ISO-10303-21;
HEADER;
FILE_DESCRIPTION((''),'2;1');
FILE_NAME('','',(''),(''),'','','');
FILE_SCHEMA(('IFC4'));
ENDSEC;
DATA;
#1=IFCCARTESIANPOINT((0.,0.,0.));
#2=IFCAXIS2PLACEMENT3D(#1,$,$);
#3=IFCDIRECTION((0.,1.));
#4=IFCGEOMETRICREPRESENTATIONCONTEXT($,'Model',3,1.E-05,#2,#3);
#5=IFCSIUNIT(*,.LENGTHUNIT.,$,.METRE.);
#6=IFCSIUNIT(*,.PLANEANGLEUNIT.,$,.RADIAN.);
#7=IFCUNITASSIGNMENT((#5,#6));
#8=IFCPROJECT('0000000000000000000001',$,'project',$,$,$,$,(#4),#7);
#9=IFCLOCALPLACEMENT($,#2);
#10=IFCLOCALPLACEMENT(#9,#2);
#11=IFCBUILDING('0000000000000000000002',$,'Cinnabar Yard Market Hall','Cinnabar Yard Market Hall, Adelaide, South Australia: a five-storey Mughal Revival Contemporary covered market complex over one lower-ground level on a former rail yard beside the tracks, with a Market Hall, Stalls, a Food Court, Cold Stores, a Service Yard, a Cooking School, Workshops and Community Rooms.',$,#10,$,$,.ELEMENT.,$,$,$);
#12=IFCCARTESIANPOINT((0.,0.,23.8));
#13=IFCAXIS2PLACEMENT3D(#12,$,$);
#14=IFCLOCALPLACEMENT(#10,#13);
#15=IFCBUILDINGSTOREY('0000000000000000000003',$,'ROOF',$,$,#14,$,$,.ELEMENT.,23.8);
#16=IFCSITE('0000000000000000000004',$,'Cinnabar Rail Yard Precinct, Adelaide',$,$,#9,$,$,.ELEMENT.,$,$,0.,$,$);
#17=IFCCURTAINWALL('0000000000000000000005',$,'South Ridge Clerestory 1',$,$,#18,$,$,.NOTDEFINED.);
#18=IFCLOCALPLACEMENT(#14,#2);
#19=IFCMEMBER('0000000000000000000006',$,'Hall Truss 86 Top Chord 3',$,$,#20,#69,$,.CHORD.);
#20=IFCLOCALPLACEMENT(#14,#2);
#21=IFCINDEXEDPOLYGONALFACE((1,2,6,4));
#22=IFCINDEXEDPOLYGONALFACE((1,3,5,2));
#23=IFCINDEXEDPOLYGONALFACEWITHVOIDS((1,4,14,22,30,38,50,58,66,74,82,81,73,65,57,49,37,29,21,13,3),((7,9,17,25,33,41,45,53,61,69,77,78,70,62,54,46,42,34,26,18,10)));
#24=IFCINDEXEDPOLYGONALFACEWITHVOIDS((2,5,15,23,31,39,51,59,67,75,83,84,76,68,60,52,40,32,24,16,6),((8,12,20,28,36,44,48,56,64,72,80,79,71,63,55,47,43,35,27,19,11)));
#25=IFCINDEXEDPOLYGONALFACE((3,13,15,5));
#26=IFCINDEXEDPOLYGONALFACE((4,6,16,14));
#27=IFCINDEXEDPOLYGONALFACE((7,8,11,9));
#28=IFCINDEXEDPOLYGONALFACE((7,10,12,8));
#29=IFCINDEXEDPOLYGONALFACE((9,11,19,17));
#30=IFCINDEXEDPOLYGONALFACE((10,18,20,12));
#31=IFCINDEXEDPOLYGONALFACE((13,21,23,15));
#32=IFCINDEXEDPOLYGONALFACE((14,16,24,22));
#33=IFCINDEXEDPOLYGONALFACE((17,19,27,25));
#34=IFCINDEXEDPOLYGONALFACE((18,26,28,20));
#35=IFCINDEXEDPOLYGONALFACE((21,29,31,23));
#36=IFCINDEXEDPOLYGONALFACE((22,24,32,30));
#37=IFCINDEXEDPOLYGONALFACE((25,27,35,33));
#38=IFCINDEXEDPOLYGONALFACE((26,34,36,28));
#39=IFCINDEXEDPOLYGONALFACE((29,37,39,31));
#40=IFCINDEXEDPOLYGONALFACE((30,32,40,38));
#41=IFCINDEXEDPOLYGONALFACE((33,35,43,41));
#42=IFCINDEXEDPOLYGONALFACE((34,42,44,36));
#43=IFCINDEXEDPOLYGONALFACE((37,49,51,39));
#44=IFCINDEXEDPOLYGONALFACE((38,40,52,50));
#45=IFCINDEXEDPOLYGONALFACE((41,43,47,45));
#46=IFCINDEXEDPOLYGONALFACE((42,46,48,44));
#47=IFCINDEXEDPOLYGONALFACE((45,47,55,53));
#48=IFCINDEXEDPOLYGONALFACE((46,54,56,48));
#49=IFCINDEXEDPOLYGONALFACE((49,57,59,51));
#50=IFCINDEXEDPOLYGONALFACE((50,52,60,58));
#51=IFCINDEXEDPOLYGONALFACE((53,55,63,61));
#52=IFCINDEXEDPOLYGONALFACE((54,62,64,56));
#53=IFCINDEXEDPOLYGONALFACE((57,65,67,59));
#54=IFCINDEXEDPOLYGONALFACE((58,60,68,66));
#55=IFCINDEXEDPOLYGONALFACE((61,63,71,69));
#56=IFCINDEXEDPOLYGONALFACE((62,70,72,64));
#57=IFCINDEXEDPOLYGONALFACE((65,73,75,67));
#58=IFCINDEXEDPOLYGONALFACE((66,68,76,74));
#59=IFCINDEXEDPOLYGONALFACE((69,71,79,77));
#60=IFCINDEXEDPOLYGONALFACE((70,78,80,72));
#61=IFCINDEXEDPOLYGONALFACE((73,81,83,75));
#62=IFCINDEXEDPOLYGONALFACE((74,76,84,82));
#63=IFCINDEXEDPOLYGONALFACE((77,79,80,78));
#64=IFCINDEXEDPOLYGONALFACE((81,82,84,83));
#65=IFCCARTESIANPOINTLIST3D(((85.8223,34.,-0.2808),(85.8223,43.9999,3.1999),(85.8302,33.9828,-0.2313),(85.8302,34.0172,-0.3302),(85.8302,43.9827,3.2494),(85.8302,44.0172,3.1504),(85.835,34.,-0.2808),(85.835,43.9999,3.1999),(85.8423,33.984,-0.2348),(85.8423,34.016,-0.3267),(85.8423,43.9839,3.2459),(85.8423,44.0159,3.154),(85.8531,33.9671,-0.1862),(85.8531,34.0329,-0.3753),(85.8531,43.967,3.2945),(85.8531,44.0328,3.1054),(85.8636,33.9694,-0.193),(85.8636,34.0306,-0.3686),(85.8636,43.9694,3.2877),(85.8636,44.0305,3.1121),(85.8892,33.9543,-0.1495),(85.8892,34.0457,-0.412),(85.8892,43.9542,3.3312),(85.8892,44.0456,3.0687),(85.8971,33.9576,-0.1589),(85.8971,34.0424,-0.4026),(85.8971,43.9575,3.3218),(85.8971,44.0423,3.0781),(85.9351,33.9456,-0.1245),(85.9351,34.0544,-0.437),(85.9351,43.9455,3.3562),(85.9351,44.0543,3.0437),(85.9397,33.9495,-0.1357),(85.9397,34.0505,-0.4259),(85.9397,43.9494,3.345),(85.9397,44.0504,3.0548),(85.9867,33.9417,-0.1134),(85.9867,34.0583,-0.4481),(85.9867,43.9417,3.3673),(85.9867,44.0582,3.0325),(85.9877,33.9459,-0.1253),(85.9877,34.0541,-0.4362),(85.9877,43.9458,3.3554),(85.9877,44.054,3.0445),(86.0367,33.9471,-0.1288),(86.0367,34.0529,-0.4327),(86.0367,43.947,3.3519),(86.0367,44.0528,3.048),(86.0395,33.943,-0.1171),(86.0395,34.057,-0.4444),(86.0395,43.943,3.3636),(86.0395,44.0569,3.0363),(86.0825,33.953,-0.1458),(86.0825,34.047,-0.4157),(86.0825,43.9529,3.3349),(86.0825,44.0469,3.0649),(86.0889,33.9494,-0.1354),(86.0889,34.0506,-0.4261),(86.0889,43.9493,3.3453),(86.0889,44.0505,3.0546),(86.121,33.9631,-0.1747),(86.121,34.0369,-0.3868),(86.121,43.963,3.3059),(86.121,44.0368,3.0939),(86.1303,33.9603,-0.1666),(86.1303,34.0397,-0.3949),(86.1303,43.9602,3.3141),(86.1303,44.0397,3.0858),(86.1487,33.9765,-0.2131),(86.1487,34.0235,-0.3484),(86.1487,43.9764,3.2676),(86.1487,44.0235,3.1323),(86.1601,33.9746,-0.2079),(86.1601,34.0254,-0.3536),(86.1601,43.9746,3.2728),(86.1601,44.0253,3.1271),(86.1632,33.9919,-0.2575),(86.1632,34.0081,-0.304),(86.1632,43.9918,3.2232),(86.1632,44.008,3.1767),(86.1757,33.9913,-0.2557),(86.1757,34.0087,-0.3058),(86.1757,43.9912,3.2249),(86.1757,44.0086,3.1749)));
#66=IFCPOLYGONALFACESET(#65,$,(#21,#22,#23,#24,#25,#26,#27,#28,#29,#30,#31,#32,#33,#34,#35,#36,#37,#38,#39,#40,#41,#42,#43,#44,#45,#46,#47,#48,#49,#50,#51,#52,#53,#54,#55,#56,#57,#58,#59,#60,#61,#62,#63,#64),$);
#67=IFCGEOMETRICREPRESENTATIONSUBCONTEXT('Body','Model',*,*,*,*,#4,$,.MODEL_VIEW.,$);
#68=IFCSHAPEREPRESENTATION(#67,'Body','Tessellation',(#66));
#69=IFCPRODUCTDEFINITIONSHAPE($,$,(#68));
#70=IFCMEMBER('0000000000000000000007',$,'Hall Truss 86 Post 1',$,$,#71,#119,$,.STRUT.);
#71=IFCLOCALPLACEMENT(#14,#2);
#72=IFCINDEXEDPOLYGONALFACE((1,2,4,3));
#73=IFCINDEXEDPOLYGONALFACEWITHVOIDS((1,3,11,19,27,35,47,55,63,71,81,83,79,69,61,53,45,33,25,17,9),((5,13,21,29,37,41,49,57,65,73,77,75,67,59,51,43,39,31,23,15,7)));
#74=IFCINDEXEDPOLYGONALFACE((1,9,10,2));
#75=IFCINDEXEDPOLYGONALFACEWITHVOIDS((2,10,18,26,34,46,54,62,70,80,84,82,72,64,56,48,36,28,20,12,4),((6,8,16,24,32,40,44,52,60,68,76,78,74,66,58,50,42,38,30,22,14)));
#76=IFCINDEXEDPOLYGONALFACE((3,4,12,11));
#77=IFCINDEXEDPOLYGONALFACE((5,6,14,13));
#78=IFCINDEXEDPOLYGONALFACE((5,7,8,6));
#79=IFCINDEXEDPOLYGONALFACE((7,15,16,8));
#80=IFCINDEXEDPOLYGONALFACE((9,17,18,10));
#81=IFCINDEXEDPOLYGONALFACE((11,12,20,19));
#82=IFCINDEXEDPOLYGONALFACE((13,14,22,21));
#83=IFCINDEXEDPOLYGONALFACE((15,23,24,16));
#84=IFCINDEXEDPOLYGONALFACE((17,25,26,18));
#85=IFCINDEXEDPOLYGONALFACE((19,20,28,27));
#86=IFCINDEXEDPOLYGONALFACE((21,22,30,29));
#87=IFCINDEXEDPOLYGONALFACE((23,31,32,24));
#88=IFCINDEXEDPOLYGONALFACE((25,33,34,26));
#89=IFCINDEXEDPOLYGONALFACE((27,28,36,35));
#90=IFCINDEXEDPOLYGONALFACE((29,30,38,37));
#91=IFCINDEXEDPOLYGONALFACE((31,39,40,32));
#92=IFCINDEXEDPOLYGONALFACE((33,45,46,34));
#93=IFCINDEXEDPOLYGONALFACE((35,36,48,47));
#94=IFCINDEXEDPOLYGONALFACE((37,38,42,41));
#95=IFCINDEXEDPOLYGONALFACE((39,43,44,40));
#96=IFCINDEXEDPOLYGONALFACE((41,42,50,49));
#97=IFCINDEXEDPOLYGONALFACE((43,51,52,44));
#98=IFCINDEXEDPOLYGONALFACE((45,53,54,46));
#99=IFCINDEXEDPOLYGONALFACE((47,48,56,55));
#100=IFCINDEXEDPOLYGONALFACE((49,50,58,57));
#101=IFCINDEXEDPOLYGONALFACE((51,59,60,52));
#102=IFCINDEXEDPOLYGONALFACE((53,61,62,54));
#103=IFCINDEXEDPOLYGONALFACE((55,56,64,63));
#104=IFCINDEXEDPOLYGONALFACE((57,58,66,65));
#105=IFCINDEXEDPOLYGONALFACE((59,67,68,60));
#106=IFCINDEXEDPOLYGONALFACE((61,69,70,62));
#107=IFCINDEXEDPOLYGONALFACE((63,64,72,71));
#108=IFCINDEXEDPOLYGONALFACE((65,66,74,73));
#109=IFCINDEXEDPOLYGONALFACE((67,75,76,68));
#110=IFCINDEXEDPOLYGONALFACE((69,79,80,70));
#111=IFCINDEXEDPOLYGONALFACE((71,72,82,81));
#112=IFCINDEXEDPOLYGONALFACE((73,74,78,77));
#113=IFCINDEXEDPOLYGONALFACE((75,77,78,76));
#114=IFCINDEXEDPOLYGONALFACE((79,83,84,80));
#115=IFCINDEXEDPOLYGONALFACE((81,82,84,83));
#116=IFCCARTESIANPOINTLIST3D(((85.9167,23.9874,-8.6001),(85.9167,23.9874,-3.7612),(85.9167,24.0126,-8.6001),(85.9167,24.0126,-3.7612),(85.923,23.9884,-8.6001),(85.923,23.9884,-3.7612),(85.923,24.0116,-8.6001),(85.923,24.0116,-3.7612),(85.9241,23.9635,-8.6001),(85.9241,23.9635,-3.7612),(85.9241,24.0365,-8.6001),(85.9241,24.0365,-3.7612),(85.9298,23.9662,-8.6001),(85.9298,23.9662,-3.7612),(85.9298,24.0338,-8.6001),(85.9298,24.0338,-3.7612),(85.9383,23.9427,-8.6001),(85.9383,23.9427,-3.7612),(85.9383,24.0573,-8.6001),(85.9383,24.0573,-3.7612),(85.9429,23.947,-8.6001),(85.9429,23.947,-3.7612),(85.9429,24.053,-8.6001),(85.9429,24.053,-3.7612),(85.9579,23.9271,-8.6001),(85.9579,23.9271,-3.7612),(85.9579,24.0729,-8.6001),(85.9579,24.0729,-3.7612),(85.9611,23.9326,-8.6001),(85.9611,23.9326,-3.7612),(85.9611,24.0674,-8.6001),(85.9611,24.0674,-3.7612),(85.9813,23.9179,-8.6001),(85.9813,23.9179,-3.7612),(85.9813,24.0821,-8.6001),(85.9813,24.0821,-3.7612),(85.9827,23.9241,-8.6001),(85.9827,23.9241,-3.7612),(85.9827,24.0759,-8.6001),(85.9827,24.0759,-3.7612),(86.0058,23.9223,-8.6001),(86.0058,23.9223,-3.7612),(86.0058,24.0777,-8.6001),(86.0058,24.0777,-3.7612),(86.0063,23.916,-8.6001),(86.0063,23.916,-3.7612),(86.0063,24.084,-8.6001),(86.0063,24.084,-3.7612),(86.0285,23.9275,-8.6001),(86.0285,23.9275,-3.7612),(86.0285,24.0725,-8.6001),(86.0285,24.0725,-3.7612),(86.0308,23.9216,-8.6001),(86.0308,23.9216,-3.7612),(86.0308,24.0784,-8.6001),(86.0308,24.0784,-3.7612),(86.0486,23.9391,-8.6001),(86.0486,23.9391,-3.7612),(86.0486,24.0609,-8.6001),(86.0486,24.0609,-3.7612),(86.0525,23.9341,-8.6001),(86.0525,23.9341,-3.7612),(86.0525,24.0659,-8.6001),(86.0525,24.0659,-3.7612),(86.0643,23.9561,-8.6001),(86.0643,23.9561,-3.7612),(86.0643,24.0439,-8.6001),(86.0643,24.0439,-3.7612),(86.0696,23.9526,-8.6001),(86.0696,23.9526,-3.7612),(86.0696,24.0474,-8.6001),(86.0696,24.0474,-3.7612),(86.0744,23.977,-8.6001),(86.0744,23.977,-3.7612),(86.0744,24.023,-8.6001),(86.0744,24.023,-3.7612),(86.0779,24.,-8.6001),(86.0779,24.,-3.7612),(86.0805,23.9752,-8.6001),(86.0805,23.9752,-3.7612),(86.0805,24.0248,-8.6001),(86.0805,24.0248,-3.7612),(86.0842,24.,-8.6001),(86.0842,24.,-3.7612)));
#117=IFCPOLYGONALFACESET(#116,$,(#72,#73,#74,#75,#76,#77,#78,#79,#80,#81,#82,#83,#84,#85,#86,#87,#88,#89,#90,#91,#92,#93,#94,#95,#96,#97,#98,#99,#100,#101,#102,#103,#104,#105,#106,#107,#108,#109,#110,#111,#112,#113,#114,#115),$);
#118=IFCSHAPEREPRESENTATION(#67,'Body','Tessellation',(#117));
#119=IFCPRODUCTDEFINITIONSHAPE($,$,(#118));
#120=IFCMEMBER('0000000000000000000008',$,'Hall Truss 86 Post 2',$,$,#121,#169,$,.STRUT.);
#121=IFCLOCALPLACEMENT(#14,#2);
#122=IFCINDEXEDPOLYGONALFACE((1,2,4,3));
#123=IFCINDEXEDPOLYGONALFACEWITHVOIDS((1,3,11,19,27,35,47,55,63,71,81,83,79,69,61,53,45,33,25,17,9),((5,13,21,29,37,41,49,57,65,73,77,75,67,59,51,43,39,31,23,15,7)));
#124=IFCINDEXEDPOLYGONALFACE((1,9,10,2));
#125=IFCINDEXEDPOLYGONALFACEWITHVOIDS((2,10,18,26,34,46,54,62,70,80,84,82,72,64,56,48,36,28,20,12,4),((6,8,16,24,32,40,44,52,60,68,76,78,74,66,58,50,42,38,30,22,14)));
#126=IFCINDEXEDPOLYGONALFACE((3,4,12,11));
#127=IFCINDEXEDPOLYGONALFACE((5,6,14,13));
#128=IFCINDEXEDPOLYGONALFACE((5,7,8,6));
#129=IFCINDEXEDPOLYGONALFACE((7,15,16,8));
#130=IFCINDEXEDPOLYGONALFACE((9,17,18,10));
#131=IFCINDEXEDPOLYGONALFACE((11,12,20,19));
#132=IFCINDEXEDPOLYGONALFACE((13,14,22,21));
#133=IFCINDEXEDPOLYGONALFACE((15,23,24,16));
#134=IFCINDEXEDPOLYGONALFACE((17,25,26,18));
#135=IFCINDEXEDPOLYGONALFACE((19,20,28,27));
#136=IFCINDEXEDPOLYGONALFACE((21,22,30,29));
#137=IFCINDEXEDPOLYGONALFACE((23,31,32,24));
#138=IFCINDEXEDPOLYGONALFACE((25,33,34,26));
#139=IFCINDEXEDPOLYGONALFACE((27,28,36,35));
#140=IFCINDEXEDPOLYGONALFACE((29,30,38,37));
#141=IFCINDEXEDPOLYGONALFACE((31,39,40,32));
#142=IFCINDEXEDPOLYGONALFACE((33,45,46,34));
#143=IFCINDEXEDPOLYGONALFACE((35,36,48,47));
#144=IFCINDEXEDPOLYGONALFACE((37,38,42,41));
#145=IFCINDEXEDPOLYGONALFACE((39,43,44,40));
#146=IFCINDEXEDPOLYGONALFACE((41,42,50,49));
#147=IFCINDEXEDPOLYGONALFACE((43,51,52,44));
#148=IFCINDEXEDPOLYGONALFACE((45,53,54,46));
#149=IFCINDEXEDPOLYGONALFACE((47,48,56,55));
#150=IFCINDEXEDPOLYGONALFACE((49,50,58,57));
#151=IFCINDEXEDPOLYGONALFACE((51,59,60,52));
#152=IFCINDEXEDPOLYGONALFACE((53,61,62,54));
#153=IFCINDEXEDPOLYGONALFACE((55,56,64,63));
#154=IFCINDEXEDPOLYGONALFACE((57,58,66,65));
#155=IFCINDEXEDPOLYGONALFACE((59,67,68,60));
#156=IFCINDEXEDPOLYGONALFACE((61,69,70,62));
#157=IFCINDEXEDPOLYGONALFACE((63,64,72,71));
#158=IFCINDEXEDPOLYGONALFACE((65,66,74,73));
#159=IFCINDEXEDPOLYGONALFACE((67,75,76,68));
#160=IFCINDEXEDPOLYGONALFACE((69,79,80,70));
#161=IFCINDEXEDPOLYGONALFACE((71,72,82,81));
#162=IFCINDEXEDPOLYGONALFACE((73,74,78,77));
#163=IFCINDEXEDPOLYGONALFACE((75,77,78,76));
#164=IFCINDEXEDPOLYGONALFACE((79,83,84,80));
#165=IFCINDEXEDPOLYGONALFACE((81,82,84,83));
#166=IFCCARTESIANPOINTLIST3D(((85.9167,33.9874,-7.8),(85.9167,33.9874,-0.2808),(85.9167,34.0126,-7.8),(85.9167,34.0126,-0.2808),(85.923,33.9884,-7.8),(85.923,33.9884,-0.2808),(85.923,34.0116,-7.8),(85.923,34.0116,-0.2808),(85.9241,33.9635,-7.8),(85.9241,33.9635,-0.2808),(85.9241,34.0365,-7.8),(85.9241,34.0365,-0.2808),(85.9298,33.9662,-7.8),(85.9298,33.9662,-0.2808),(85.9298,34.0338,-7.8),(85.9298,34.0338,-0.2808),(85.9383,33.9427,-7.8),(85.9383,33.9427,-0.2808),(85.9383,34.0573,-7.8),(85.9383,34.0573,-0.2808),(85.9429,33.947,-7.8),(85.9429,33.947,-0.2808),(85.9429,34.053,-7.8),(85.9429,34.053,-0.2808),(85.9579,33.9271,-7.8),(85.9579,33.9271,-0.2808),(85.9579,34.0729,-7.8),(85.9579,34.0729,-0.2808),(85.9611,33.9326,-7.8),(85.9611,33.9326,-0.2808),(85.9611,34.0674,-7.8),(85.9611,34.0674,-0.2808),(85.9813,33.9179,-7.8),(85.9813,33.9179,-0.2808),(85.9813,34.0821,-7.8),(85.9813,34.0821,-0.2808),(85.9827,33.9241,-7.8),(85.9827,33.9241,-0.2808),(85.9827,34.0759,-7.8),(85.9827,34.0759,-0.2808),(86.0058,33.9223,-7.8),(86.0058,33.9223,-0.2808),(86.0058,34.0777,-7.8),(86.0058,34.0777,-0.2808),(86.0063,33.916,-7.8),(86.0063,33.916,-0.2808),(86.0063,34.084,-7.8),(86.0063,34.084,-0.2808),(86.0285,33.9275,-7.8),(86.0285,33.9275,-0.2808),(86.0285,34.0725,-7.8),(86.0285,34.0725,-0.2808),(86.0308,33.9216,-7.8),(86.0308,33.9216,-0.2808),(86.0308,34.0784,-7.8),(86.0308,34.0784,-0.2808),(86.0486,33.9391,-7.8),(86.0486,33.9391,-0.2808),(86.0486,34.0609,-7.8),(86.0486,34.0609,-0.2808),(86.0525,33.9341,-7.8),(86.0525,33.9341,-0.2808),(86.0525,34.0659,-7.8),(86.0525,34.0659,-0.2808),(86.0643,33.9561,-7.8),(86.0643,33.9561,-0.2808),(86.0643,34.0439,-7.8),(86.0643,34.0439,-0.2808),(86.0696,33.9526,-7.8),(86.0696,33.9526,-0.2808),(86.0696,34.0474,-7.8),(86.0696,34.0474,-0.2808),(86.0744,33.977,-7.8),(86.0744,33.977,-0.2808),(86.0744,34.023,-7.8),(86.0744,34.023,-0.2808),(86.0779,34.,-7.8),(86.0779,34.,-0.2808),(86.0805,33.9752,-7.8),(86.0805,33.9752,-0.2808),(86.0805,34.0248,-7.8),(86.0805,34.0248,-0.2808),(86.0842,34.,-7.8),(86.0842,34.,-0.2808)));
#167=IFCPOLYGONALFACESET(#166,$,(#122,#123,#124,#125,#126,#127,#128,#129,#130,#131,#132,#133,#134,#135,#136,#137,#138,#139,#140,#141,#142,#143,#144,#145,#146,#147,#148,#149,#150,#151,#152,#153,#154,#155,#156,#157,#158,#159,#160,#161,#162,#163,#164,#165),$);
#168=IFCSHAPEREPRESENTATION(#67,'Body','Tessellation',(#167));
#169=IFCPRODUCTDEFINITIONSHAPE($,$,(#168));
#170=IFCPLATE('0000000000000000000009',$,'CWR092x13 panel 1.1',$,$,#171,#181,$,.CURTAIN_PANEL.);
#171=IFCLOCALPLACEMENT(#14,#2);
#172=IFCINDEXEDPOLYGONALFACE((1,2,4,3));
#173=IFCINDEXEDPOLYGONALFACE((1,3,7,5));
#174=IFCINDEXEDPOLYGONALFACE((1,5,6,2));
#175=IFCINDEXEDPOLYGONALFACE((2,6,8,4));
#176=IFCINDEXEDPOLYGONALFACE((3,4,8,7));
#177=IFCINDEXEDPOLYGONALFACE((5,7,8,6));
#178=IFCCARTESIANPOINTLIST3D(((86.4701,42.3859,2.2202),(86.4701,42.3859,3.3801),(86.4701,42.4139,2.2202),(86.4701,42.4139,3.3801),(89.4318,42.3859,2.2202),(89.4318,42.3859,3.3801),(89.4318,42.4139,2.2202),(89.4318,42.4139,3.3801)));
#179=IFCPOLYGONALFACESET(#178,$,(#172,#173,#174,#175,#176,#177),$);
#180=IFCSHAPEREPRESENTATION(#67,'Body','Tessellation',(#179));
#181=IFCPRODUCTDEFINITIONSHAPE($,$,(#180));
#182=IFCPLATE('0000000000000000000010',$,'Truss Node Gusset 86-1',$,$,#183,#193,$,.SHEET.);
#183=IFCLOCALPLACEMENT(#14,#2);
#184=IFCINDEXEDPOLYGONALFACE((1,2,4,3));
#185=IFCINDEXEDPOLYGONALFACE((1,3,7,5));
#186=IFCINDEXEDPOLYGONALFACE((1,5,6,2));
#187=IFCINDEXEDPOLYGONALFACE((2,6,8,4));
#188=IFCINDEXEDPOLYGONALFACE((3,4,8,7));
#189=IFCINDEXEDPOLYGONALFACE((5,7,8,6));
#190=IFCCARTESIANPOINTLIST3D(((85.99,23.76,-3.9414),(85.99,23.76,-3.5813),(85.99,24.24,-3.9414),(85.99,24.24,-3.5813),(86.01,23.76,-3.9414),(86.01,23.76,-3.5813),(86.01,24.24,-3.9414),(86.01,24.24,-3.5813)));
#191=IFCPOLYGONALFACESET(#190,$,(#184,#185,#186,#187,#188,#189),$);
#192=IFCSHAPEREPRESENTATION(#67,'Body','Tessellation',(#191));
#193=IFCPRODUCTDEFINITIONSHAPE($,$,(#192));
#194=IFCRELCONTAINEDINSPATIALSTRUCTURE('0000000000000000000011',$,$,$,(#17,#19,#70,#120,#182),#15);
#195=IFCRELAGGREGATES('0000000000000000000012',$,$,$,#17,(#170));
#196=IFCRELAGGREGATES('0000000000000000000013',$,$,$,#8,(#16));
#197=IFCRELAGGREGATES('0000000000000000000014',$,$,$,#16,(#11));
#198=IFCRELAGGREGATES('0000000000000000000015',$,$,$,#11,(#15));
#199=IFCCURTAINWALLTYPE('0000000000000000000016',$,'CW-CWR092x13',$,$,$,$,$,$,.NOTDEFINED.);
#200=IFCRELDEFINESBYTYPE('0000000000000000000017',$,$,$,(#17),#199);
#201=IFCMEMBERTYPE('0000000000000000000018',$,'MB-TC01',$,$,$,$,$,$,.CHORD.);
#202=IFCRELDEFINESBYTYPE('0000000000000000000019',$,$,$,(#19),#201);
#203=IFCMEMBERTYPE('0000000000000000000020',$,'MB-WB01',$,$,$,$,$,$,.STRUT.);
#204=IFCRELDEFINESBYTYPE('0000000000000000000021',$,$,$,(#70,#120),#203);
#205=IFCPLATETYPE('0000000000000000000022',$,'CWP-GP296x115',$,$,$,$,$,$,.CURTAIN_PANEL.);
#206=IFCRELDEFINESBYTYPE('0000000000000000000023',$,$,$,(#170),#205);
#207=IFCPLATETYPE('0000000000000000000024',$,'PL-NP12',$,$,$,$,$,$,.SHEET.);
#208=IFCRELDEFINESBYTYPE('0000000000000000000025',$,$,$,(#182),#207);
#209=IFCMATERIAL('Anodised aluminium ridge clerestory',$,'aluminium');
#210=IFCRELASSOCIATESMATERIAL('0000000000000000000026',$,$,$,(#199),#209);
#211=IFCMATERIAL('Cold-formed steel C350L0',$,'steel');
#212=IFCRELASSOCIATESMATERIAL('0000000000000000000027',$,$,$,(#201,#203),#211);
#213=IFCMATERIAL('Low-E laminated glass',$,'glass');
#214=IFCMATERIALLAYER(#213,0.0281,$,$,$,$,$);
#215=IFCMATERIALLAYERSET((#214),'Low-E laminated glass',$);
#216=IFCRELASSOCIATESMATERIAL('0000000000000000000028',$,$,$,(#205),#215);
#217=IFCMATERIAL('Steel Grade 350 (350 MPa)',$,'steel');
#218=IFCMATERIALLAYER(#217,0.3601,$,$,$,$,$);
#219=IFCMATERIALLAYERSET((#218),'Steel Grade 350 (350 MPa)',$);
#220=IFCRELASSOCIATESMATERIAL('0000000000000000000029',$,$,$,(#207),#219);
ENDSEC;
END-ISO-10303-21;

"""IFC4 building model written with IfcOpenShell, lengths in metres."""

from ifc_helpers import new_model, si_unit, direction, frame, origin, origin_2d_with_axis, place, context, subcontext, project, spatial, rectangle, hollow_circle, extrude, material, layer, layer_set, material_profile, profile_set, type_object, element, aggregate, save


model = new_model("IFC4")

# Units and contexts
model_context = context("Model", 3, precision=1e-05, world=origin(), true_north=direction((0.0, 1.0)))
body_context = subcontext(model_context, "Body", "Model", "MODEL_VIEW")
ifc_project = project(units=[si_unit("LENGTHUNIT", "METRE"), si_unit("PLANEANGLEUNIT", "RADIAN")], contexts=[model_context])

# Site, building, storey
site_placement = place(None, origin())
site = spatial("IfcSite", under=ifc_project, at=site_placement, Name="Cinnabar Rail Yard Precinct, Adelaide", CompositionType="ELEMENT", RefElevation=0.0)
building_placement = place(site_placement, origin())
building = spatial("IfcBuilding", under=site, at=building_placement, Name="Cinnabar Yard Market Hall", Description="Cinnabar Yard Market Hall, Adelaide, South Australia: a five-storey Mughal Revival Contemporary covered market complex over one lower-ground level on a former rail yard beside the tracks, with a Market Hall, Stalls, a Food Court, Cold Stores, a Service Yard, a Cooking School, Workshops and Community Rooms.", CompositionType="ELEMENT")
storey_placement = place(building_placement, frame((0.0, 0.0, 23.8)))
storey = spatial("IfcBuildingStorey", under=building, at=storey_placement, Name="ROOF", CompositionType="ELEMENT", Elevation=23.8)

# Curtain wall
ifc_material_1 = material(Name="Anodised aluminium ridge clerestory", Category="aluminium")
curtain_wall_type = type_object("IfcCurtainWallType", Name="CW-CWR092x13", PredefinedType="NOTDEFINED", material=ifc_material_1)
curtain_wall_placement = place(storey_placement, origin())
curtain_wall = element("IfcCurtainWall", 1, at=curtain_wall_placement, inside=storey, type_object=curtain_wall_type, Name="South Ridge Clerestory 1", PredefinedType="NOTDEFINED")

# Members
ifc_material_2 = material(Name="Cold-formed steel C350L0", Category="steel")
ifc_material_profile_1 = material_profile(ifc_material_2, hollow_circle(Radius=0.1777, WallThickness=0.0127, at=origin_2d_with_axis()), Name="355.6x12.7CHS")
ifc_profile_set_1 = profile_set([ifc_material_profile_1], Name="Cold-formed steel C350L0")
member_type_1 = type_object("IfcMemberType", Name="MB-TC01", PredefinedType="CHORD", material=ifc_profile_set_1)
for number, where, z_axis, x_axis, name in (
    (2, (86.0, 34.0, -0.2808), (0.0, 0.944425, 0.328727), (-1.0, 0.0, 0.0), "Hall Truss 86 Top Chord 3"),
):
    element("IfcMember", number, at=place(storey_placement, frame(where, z_axis=z_axis, x_axis=x_axis)), inside=storey, type_object=member_type_1, Name=name, PredefinedType="CHORD", context=body_context, shape_type="SweptSolid", body=[
        extrude(hollow_circle(Radius=0.1777, WallThickness=0.0127, at=origin_2d_with_axis()), origin(), (0.0, 0.0, 1.0), 10.5884),
    ])
ifc_material_profile_2 = material_profile(ifc_material_2, hollow_circle(Radius=0.0842, WallThickness=0.0063, at=origin_2d_with_axis()), Name="168.3x6.4CHS")
ifc_profile_set_2 = profile_set([ifc_material_profile_2], Name="Cold-formed steel C350L0")
member_type_2 = type_object("IfcMemberType", Name="MB-WB01", PredefinedType="STRUT", material=ifc_profile_set_2)
member_1_placement = place(storey_placement, frame((86.0, 24.0, -8.6001), z_axis=(0.0, 0.0, 1.0), x_axis=(1.0, 0.0, 0.0)))
element("IfcMember", 3, at=member_1_placement, inside=storey, type_object=member_type_2, Name="Hall Truss 86 Post 1", PredefinedType="STRUT", context=body_context, shape_type="SweptSolid", body=[
    extrude(hollow_circle(Radius=0.0842, WallThickness=0.0063, at=origin_2d_with_axis()), origin(), (0.0, 0.0, 1.0), 4.8389),
])
member_2_placement = place(storey_placement, frame((86.0, 34.0, -7.8), z_axis=(0.0, 0.0, 1.0), x_axis=(1.0, 0.0, 0.0)))
element("IfcMember", 4, at=member_2_placement, inside=storey, type_object=member_type_2, Name="Hall Truss 86 Post 2", PredefinedType="STRUT", context=body_context, shape_type="SweptSolid", body=[
    extrude(hollow_circle(Radius=0.0842, WallThickness=0.0063, at=origin_2d_with_axis()), origin(), (0.0, 0.0, 1.0), 7.5193),
])

# Plate
ifc_material_3 = material(Name="Low-E laminated glass", Category="glass")
ifc_layer_1 = layer(ifc_material_3, 0.0281)
ifc_layer_set_1 = layer_set([ifc_layer_1], Name="Low-E laminated glass")
plate_type_1 = type_object("IfcPlateType", Name="CWP-GP296x115", PredefinedType="CURTAIN_PANEL", material=ifc_layer_set_1)
plate_1_placement = place(storey_placement, frame((87.9509, 42.3999, 2.2202), z_axis=(0.0, 0.0, 1.0), x_axis=(1.0, 0.0, 0.0)))
plate_1 = element("IfcPlate", 5, at=plate_1_placement, type_object=plate_type_1, Name="CWR092x13 panel 1.1", PredefinedType="CURTAIN_PANEL", context=body_context, shape_type="SweptSolid", body=[
    extrude(rectangle(XDim=2.9617, YDim=0.0281, at=origin_2d_with_axis()), origin(), (0.0, 0.0, 1.0), 1.1599),
])
aggregate(curtain_wall, [plate_1])

# Plate
ifc_material_4 = material(Name="Steel Grade 350 (350 MPa)", Category="steel")
ifc_layer_2 = layer(ifc_material_4, 0.3601)
ifc_layer_set_2 = layer_set([ifc_layer_2], Name="Steel Grade 350 (350 MPa)")
plate_type_2 = type_object("IfcPlateType", Name="PL-NP12", PredefinedType="SHEET", material=ifc_layer_set_2)
plate_2_placement = place(storey_placement, frame((86.0, 24.0, -3.9414), z_axis=(0.0, 0.0, 1.0), x_axis=(1.0, 0.0, 0.0)))
element("IfcPlate", 6, at=plate_2_placement, inside=storey, type_object=plate_type_2, Name="Truss Node Gusset 86-1", PredefinedType="SHEET", context=body_context, shape_type="SweptSolid", body=[
    extrude(rectangle(XDim=0.02, YDim=0.48, at=origin_2d_with_axis()), origin(), (0.0, 0.0, 1.0), 0.3601),
])

save(model, "model.ifc")
